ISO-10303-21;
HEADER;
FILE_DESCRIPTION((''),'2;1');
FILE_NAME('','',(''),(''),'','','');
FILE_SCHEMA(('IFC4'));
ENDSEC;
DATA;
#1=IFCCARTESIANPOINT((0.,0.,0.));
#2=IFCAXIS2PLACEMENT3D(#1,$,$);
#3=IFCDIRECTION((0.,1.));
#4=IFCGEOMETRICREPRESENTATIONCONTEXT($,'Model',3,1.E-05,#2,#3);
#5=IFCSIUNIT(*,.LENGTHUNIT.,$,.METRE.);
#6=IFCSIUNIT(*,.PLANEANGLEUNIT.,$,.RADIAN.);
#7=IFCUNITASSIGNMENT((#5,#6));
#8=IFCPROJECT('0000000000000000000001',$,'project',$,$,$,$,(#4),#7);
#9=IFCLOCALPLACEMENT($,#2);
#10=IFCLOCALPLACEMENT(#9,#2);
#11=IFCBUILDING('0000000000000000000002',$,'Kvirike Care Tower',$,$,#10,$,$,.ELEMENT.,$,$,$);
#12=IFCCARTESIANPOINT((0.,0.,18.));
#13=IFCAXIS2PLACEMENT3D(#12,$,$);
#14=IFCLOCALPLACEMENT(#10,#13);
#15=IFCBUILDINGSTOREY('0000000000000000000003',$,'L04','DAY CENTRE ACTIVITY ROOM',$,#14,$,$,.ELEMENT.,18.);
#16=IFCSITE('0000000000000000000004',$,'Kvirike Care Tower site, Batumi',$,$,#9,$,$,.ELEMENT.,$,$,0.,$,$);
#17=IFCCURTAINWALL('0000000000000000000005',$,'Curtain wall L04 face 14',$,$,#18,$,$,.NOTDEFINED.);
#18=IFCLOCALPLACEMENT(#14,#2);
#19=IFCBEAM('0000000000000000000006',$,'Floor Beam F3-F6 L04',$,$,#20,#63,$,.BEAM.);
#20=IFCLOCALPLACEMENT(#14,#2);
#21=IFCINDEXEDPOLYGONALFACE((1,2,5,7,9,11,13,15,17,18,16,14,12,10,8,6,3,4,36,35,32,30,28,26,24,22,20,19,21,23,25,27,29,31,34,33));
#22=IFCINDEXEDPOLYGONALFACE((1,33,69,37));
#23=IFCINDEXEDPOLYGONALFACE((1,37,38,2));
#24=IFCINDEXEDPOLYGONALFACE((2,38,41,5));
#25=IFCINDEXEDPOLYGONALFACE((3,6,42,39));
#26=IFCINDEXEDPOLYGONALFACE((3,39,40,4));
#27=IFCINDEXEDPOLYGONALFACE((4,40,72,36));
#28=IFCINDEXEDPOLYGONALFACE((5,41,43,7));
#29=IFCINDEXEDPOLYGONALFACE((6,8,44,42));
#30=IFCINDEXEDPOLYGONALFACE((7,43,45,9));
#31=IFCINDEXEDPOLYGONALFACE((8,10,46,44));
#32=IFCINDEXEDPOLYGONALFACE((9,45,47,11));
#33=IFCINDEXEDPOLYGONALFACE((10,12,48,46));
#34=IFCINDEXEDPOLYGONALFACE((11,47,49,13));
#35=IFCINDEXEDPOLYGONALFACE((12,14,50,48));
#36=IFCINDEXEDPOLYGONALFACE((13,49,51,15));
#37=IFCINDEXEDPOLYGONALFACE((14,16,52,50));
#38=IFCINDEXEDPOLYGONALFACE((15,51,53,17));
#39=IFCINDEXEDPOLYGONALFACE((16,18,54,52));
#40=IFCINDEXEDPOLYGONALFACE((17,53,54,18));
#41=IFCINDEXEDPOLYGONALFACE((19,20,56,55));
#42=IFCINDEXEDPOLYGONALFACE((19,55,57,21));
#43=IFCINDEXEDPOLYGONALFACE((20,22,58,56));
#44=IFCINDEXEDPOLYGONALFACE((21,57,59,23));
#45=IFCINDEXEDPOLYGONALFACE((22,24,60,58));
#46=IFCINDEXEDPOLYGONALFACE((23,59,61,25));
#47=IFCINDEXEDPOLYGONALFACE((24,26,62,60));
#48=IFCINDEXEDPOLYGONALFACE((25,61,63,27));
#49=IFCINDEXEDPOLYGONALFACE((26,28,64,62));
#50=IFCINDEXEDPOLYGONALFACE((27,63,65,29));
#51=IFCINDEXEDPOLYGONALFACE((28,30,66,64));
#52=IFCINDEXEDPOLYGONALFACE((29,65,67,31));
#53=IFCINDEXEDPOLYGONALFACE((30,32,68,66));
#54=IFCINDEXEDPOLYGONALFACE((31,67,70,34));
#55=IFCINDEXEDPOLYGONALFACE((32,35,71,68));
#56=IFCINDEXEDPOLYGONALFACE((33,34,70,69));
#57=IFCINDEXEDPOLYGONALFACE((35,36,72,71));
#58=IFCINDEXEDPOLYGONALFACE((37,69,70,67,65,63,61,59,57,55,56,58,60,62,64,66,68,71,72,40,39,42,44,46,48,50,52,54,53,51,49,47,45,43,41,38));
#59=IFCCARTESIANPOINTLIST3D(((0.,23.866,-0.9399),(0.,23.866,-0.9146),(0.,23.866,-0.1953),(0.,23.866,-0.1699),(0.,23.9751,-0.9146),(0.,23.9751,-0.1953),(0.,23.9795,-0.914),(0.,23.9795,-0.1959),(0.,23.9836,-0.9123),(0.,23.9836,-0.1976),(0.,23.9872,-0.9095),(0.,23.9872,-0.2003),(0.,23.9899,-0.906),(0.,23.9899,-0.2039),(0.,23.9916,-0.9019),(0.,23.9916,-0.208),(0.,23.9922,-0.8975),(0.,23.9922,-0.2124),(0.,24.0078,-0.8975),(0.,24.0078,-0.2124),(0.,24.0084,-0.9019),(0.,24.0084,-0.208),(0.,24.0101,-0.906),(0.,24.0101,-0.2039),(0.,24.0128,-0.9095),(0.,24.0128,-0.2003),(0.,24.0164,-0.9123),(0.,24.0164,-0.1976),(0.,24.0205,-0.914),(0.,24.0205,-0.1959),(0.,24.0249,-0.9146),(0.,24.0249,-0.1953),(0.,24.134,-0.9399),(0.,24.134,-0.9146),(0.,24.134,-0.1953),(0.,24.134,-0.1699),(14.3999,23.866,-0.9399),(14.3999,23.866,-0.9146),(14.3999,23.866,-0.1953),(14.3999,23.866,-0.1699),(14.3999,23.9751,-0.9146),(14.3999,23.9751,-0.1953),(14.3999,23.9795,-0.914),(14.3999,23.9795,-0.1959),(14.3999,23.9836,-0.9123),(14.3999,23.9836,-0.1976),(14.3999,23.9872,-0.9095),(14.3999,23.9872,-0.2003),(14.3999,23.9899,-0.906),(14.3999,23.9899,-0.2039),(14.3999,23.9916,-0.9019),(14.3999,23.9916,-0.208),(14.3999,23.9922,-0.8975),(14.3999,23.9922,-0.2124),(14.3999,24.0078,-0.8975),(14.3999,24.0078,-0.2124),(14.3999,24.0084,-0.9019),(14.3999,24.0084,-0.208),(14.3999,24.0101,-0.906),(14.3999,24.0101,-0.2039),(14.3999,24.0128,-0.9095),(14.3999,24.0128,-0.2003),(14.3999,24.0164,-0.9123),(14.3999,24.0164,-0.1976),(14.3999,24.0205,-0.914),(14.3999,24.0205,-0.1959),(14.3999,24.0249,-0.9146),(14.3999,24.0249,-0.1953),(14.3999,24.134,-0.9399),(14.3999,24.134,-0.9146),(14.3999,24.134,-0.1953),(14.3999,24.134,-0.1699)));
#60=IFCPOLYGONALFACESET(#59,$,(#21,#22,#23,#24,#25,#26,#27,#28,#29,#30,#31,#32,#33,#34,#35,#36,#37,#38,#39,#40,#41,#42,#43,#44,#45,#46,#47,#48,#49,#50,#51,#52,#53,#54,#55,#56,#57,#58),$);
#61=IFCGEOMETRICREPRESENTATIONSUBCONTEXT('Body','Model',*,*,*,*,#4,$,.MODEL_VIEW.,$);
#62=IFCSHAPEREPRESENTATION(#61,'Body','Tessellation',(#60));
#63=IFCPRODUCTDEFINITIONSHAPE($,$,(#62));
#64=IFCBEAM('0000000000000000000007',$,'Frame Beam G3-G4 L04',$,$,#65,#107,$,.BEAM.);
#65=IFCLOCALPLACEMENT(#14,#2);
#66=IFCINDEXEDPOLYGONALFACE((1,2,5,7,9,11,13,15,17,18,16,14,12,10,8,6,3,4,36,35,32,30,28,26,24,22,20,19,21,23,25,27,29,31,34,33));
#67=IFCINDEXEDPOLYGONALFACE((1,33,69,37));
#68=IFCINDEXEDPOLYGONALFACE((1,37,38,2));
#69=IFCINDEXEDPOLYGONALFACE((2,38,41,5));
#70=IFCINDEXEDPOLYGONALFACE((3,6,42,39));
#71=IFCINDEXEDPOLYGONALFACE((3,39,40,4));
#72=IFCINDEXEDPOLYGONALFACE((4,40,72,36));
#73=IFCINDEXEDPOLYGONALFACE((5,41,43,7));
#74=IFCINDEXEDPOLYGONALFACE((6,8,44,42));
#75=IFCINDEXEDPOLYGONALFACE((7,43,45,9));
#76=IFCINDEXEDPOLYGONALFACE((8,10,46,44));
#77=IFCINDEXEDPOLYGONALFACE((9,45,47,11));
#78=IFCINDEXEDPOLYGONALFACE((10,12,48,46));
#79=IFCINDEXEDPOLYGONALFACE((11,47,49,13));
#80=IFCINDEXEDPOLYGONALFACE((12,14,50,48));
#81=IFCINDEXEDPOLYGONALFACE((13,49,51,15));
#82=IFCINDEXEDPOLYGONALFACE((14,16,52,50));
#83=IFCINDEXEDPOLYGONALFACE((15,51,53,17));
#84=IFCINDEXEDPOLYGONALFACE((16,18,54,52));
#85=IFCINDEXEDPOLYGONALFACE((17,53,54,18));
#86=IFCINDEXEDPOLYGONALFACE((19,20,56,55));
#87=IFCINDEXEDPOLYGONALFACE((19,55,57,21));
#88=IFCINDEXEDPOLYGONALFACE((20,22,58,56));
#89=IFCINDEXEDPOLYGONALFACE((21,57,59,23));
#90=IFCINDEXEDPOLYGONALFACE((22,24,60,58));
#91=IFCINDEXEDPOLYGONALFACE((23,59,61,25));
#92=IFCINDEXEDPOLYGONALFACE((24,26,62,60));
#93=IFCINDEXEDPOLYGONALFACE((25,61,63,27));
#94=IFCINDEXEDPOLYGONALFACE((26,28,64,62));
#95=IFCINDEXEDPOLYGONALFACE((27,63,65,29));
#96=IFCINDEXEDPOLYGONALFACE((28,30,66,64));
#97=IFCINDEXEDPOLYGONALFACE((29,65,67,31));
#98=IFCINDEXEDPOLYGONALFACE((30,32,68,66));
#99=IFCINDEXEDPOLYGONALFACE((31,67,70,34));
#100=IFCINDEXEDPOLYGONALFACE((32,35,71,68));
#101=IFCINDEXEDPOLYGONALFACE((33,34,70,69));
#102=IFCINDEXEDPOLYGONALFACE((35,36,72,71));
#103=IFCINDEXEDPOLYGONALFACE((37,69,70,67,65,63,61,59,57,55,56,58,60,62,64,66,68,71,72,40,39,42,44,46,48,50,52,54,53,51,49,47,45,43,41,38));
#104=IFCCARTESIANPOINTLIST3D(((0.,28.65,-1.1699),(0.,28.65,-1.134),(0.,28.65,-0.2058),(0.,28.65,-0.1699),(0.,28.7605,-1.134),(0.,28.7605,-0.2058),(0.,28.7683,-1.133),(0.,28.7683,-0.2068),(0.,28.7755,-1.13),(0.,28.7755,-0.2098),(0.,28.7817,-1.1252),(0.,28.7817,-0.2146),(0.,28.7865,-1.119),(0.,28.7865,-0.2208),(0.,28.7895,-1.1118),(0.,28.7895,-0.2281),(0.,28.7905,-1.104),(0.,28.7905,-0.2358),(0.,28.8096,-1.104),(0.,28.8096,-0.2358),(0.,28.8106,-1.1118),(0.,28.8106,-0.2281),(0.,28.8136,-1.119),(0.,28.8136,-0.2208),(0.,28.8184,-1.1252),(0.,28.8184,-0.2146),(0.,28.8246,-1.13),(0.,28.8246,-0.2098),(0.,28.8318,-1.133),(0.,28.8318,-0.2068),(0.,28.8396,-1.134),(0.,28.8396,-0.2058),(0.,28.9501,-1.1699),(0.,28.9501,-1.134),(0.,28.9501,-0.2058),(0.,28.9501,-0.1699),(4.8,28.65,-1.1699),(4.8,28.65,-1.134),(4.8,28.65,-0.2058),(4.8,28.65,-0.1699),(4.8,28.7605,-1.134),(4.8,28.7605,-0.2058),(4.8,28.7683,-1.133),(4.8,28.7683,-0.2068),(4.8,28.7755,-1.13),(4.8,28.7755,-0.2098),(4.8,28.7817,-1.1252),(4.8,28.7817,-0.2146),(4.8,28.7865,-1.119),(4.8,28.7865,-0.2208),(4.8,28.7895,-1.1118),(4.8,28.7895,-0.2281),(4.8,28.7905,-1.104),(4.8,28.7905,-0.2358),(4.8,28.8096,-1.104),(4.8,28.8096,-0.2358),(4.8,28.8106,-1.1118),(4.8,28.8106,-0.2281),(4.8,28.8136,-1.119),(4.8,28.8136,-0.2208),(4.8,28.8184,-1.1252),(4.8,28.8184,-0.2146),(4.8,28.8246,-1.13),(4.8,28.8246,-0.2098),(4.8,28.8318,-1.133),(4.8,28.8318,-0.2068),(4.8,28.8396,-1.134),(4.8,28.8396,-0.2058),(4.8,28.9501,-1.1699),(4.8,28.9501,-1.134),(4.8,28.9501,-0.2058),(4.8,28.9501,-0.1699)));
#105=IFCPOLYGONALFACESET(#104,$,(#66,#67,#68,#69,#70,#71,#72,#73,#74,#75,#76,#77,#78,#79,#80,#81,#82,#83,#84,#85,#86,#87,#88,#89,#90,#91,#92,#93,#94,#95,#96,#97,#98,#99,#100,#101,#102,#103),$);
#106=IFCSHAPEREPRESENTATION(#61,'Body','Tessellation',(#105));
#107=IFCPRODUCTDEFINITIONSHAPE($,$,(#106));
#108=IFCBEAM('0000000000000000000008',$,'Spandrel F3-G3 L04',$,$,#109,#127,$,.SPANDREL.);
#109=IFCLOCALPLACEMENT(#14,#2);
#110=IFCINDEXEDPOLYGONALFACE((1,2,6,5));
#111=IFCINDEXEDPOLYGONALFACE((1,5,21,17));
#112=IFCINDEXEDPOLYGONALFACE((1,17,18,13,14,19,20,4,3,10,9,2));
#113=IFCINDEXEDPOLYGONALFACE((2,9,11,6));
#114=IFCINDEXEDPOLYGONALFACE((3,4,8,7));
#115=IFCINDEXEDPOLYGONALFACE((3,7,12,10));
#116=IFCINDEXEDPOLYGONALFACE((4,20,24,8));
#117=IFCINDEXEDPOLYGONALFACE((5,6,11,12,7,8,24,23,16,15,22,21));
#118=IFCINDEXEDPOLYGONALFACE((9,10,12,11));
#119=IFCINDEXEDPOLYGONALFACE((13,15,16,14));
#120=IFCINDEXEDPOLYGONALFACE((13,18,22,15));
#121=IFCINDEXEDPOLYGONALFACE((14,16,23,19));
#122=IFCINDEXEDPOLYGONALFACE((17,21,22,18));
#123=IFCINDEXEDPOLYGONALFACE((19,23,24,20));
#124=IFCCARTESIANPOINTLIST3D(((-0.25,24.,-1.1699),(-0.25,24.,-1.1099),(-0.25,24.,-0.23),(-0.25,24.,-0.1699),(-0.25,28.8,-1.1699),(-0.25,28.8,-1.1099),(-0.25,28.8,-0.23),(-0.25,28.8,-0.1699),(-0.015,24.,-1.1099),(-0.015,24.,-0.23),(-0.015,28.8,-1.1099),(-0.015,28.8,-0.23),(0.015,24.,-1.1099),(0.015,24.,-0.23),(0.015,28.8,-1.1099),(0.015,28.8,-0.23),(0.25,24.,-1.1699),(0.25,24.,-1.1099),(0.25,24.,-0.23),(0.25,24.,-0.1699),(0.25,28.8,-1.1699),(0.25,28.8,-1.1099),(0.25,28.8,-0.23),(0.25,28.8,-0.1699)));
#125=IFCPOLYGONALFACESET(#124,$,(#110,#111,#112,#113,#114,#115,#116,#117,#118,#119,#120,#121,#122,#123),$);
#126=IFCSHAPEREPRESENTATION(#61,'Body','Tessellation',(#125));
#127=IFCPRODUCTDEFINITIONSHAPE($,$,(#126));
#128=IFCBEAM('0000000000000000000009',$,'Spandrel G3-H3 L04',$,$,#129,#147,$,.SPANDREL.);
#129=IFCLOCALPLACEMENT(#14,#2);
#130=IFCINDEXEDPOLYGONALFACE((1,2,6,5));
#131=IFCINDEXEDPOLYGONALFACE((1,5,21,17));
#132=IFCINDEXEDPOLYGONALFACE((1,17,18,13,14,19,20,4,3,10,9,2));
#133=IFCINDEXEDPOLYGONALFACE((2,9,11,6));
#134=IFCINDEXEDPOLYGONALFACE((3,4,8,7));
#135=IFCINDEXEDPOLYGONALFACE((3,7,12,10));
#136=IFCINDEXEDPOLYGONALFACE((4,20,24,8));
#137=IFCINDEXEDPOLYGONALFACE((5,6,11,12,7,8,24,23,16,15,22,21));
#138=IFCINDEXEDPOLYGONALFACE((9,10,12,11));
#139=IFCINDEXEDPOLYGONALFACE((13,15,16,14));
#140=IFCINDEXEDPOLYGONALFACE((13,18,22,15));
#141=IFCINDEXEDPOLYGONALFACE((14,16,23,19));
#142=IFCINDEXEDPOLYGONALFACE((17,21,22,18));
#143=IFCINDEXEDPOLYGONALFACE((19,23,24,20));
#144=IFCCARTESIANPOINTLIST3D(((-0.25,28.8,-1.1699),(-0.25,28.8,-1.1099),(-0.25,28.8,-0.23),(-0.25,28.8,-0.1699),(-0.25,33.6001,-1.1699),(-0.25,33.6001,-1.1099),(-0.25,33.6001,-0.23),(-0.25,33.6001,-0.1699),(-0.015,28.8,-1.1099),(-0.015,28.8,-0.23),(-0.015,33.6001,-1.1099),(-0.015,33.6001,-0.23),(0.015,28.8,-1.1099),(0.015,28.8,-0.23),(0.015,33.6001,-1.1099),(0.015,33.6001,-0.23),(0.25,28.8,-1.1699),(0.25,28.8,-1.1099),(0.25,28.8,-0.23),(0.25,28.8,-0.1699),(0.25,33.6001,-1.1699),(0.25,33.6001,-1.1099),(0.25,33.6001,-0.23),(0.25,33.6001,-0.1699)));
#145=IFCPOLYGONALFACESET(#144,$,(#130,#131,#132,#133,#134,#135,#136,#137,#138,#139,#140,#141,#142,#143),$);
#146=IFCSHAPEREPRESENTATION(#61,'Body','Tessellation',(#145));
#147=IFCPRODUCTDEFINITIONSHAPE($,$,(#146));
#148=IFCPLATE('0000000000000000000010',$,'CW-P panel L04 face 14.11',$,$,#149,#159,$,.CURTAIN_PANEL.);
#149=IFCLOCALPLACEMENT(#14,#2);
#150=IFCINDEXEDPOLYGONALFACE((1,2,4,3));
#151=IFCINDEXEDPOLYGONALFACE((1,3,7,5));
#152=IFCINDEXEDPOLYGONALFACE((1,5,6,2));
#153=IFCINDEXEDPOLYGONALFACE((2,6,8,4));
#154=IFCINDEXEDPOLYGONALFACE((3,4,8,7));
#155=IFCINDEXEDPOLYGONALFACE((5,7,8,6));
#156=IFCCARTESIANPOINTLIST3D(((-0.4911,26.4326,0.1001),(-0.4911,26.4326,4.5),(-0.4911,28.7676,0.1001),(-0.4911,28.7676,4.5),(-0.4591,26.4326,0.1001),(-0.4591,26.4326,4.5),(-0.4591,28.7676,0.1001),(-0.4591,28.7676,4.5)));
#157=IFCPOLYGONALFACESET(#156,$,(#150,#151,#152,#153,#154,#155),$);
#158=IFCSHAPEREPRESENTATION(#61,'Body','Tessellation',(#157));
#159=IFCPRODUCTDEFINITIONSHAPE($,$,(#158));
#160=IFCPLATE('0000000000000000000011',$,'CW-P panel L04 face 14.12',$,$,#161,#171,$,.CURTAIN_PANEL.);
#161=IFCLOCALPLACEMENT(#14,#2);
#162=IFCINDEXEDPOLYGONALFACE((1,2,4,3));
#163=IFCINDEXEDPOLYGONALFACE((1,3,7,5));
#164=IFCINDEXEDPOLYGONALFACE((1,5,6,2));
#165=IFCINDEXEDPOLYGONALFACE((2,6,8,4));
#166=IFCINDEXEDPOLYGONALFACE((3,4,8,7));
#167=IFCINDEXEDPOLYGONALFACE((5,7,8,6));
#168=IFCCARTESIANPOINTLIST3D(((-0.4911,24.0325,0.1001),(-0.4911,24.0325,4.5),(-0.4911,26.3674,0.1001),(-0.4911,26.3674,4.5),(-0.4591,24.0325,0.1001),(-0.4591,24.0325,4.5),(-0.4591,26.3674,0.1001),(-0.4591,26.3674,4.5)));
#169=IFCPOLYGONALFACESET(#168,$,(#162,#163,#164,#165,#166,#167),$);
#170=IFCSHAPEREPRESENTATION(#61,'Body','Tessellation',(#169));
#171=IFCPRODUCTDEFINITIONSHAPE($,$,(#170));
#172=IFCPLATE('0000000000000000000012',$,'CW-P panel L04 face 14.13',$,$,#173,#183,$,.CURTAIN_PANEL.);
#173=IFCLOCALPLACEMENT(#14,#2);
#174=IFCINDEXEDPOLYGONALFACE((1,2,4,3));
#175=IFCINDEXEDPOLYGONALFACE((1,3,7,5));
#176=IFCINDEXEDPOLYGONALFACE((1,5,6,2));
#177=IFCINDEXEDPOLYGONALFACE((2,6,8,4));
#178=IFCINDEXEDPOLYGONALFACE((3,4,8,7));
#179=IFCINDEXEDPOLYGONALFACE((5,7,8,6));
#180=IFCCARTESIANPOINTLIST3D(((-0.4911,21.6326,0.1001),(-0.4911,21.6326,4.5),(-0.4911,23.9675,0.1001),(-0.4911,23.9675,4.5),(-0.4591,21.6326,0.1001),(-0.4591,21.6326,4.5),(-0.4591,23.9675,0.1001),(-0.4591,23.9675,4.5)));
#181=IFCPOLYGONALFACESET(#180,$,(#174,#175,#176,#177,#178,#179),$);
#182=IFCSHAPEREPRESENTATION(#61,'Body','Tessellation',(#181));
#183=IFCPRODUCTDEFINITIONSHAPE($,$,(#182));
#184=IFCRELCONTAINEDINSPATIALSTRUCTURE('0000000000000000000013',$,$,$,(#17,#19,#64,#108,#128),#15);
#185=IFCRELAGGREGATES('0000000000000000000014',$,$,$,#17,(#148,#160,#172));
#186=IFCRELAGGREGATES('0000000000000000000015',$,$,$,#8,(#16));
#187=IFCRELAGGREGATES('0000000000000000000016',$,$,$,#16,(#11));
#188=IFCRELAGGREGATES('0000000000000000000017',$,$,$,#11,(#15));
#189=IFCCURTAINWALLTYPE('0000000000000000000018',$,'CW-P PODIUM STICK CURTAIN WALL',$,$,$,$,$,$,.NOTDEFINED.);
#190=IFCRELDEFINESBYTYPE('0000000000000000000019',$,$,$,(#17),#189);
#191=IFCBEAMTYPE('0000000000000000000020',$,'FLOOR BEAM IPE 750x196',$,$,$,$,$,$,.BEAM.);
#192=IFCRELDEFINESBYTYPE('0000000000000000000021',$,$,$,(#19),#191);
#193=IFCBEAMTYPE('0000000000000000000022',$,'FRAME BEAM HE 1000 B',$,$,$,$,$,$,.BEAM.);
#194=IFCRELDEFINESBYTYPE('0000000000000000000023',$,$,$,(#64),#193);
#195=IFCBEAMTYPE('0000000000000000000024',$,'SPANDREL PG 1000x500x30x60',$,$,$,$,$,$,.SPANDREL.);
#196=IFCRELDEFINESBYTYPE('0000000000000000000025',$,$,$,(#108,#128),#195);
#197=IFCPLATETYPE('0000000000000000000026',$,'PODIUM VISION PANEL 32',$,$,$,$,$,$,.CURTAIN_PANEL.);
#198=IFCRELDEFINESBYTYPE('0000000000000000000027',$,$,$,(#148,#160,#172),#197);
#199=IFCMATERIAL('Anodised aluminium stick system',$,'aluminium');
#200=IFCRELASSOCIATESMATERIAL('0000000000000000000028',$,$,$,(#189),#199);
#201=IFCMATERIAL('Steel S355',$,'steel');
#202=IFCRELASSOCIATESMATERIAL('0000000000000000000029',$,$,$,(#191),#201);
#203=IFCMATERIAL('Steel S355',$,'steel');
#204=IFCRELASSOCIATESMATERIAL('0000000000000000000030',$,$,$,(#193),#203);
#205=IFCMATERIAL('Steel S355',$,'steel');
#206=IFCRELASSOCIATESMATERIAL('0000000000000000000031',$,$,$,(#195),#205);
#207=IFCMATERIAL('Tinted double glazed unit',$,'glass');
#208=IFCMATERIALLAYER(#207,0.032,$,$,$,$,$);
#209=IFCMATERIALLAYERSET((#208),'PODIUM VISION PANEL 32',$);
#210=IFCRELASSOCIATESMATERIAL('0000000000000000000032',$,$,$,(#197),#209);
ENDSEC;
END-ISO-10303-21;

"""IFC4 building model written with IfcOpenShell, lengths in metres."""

from ifc_helpers import new_model, si_unit, direction, frame, origin, origin_2d, place, context, subcontext, project, spatial, rectangle, i_section, extrude, material, layer, layer_set, material_profile, profile_set, type_object, element, aggregate, save


model = new_model("IFC4")

# Units and contexts
model_context = context("Model", 3, precision=1e-05, world=origin(), true_north=direction((0.0, 1.0)))
body_context = subcontext(model_context, "Body", "Model", "MODEL_VIEW")
ifc_project = project(units=[si_unit("LENGTHUNIT", "METRE"), si_unit("PLANEANGLEUNIT", "RADIAN")], contexts=[model_context])

# Site, building, storey
site_placement = place(None, origin())
site = spatial("IfcSite", under=ifc_project, at=site_placement, Name="Kvirike Care Tower site, Batumi", CompositionType="ELEMENT", RefElevation=0.0)
building_placement = place(site_placement, origin())
building = spatial("IfcBuilding", under=site, at=building_placement, Name="Kvirike Care Tower", CompositionType="ELEMENT")
storey_placement = place(building_placement, frame((0.0, 0.0, 18.0)))
storey = spatial("IfcBuildingStorey", under=building, at=storey_placement, Name="L04", Description="DAY CENTRE ACTIVITY ROOM", CompositionType="ELEMENT", Elevation=18.0)

# Curtain wall
ifc_material_1 = material(Name="Anodised aluminium stick system", Category="aluminium")
curtain_wall_type = type_object("IfcCurtainWallType", Name="CW-P PODIUM STICK CURTAIN WALL", PredefinedType="NOTDEFINED", material=ifc_material_1)
curtain_wall_placement = place(storey_placement, origin())
curtain_wall = element("IfcCurtainWall", 1, at=curtain_wall_placement, inside=storey, type_object=curtain_wall_type, Name="Curtain wall L04 face 14", PredefinedType="NOTDEFINED")

# Beams
ifc_material_2 = material(Name="Steel S355", Category="steel")
ifc_material_profile_1 = material_profile(ifc_material_2, i_section(OverallWidth=0.2681, OverallDepth=0.77, WebThickness=0.0156, FlangeThickness=0.0254, FilletRadius=0.0171, at=origin_2d()), Name="IPE 750x196")
ifc_profile_set_1 = profile_set([ifc_material_profile_1], Name="Steel S355")
beam_type_1 = type_object("IfcBeamType", Name="FLOOR BEAM IPE 750x196", PredefinedType="BEAM", material=ifc_profile_set_1)
beam_1_placement = place(storey_placement, frame((0.0, 24.0, -0.5549), z_axis=(1.0, 0.0, 0.0), x_axis=(0.0, 1.0, 0.0)))
element("IfcBeam", 2, at=beam_1_placement, inside=storey, type_object=beam_type_1, Name="Floor Beam F3-F6 L04", PredefinedType="BEAM", context=body_context, shape_type="SweptSolid", body=[
    extrude(i_section(OverallWidth=0.2681, OverallDepth=0.77, WebThickness=0.0156, FlangeThickness=0.0254, FilletRadius=0.0171, at=origin_2d()), origin(), (0.0, 0.0, 1.0), 14.3999),
])
ifc_material_3 = material(Name="Steel S355", Category="steel")
ifc_material_profile_2 = material_profile(ifc_material_3, i_section(OverallWidth=0.3, OverallDepth=1.0, WebThickness=0.019, FlangeThickness=0.0359, FilletRadius=0.03, at=origin_2d()), Name="HE 1000 B")
ifc_profile_set_2 = profile_set([ifc_material_profile_2], Name="Steel S355")
beam_type_2 = type_object("IfcBeamType", Name="FRAME BEAM HE 1000 B", PredefinedType="BEAM", material=ifc_profile_set_2)
beam_2_placement = place(storey_placement, frame((0.0, 28.8, -0.6699), z_axis=(1.0, 0.0, 0.0), x_axis=(0.0, 1.0, 0.0)))
element("IfcBeam", 3, at=beam_2_placement, inside=storey, type_object=beam_type_2, Name="Frame Beam G3-G4 L04", PredefinedType="BEAM", context=body_context, shape_type="SweptSolid", body=[
    extrude(i_section(OverallWidth=0.3, OverallDepth=1.0, WebThickness=0.019, FlangeThickness=0.0359, FilletRadius=0.03, at=origin_2d()), origin(), (0.0, 0.0, 1.0), 4.8),
])
ifc_material_4 = material(Name="Steel S355", Category="steel")
ifc_material_profile_3 = material_profile(ifc_material_4, i_section(OverallWidth=0.5, OverallDepth=1.0, WebThickness=0.03, FlangeThickness=0.0601, at=origin_2d()), Name="PG 1000x500x30x60")
ifc_profile_set_3 = profile_set([ifc_material_profile_3], Name="Steel S355")
beam_type_3 = type_object("IfcBeamType", Name="SPANDREL PG 1000x500x30x60", PredefinedType="SPANDREL", material=ifc_profile_set_3)
for number, where, z_axis, x_axis, name in (
    (4, (0.0, 24.0, -0.6699), (0.0, 1.0, 0.0), (-1.0, 0.0, 0.0), "Spandrel F3-G3 L04"),
    (5, (0.0, 28.8, -0.6699), (0.0, 1.0, 0.0), (-1.0, 0.0, 0.0), "Spandrel G3-H3 L04"),
):
    element("IfcBeam", number, at=place(storey_placement, frame(where, z_axis=z_axis, x_axis=x_axis)), inside=storey, type_object=beam_type_3, Name=name, PredefinedType="SPANDREL", context=body_context, shape_type="SweptSolid", body=[
        extrude(i_section(OverallWidth=0.5, OverallDepth=1.0, WebThickness=0.03, FlangeThickness=0.0601, at=origin_2d()), origin(), (0.0, 0.0, 1.0), 4.8),
    ])

# Plates
ifc_material_5 = material(Name="Tinted double glazed unit", Category="glass")
ifc_layer_1 = layer(ifc_material_5, 0.032)
ifc_layer_set_1 = layer_set([ifc_layer_1], Name="PODIUM VISION PANEL 32")
plate_type = type_object("IfcPlateType", Name="PODIUM VISION PANEL 32", PredefinedType="CURTAIN_PANEL", material=ifc_layer_set_1)
plate_1_placement = place(storey_placement, frame((-0.4751, 27.6001, 0.1001), z_axis=(0.0, 0.0, 1.0), x_axis=(0.0, -1.0, 0.0)))
plate_1 = element("IfcPlate", 6, at=plate_1_placement, type_object=plate_type, Name="CW-P panel L04 face 14.11", PredefinedType="CURTAIN_PANEL", context=body_context, shape_type="SweptSolid", body=[
    extrude(rectangle(XDim=2.335, YDim=0.032, at=origin_2d()), origin(), (0.0, 0.0, 1.0), 4.3999),
])
plate_2_placement = place(storey_placement, frame((-0.4751, 25.2, 0.1001), z_axis=(0.0, 0.0, 1.0), x_axis=(0.0, -1.0, 0.0)))
plate_2 = element("IfcPlate", 7, at=plate_2_placement, type_object=plate_type, Name="CW-P panel L04 face 14.12", PredefinedType="CURTAIN_PANEL", context=body_context, shape_type="SweptSolid", body=[
    extrude(rectangle(XDim=2.335, YDim=0.032, at=origin_2d()), origin(), (0.0, 0.0, 1.0), 4.3999),
])
plate_3_placement = place(storey_placement, frame((-0.4751, 22.8, 0.1001), z_axis=(0.0, 0.0, 1.0), x_axis=(0.0, -1.0, 0.0)))
plate_3 = element("IfcPlate", 8, at=plate_3_placement, type_object=plate_type, Name="CW-P panel L04 face 14.13", PredefinedType="CURTAIN_PANEL", context=body_context, shape_type="SweptSolid", body=[
    extrude(rectangle(XDim=2.335, YDim=0.032, at=origin_2d()), origin(), (0.0, 0.0, 1.0), 4.3999),
])
aggregate(curtain_wall, [plate_1, plate_2, plate_3])

save(model, "model.ifc")
